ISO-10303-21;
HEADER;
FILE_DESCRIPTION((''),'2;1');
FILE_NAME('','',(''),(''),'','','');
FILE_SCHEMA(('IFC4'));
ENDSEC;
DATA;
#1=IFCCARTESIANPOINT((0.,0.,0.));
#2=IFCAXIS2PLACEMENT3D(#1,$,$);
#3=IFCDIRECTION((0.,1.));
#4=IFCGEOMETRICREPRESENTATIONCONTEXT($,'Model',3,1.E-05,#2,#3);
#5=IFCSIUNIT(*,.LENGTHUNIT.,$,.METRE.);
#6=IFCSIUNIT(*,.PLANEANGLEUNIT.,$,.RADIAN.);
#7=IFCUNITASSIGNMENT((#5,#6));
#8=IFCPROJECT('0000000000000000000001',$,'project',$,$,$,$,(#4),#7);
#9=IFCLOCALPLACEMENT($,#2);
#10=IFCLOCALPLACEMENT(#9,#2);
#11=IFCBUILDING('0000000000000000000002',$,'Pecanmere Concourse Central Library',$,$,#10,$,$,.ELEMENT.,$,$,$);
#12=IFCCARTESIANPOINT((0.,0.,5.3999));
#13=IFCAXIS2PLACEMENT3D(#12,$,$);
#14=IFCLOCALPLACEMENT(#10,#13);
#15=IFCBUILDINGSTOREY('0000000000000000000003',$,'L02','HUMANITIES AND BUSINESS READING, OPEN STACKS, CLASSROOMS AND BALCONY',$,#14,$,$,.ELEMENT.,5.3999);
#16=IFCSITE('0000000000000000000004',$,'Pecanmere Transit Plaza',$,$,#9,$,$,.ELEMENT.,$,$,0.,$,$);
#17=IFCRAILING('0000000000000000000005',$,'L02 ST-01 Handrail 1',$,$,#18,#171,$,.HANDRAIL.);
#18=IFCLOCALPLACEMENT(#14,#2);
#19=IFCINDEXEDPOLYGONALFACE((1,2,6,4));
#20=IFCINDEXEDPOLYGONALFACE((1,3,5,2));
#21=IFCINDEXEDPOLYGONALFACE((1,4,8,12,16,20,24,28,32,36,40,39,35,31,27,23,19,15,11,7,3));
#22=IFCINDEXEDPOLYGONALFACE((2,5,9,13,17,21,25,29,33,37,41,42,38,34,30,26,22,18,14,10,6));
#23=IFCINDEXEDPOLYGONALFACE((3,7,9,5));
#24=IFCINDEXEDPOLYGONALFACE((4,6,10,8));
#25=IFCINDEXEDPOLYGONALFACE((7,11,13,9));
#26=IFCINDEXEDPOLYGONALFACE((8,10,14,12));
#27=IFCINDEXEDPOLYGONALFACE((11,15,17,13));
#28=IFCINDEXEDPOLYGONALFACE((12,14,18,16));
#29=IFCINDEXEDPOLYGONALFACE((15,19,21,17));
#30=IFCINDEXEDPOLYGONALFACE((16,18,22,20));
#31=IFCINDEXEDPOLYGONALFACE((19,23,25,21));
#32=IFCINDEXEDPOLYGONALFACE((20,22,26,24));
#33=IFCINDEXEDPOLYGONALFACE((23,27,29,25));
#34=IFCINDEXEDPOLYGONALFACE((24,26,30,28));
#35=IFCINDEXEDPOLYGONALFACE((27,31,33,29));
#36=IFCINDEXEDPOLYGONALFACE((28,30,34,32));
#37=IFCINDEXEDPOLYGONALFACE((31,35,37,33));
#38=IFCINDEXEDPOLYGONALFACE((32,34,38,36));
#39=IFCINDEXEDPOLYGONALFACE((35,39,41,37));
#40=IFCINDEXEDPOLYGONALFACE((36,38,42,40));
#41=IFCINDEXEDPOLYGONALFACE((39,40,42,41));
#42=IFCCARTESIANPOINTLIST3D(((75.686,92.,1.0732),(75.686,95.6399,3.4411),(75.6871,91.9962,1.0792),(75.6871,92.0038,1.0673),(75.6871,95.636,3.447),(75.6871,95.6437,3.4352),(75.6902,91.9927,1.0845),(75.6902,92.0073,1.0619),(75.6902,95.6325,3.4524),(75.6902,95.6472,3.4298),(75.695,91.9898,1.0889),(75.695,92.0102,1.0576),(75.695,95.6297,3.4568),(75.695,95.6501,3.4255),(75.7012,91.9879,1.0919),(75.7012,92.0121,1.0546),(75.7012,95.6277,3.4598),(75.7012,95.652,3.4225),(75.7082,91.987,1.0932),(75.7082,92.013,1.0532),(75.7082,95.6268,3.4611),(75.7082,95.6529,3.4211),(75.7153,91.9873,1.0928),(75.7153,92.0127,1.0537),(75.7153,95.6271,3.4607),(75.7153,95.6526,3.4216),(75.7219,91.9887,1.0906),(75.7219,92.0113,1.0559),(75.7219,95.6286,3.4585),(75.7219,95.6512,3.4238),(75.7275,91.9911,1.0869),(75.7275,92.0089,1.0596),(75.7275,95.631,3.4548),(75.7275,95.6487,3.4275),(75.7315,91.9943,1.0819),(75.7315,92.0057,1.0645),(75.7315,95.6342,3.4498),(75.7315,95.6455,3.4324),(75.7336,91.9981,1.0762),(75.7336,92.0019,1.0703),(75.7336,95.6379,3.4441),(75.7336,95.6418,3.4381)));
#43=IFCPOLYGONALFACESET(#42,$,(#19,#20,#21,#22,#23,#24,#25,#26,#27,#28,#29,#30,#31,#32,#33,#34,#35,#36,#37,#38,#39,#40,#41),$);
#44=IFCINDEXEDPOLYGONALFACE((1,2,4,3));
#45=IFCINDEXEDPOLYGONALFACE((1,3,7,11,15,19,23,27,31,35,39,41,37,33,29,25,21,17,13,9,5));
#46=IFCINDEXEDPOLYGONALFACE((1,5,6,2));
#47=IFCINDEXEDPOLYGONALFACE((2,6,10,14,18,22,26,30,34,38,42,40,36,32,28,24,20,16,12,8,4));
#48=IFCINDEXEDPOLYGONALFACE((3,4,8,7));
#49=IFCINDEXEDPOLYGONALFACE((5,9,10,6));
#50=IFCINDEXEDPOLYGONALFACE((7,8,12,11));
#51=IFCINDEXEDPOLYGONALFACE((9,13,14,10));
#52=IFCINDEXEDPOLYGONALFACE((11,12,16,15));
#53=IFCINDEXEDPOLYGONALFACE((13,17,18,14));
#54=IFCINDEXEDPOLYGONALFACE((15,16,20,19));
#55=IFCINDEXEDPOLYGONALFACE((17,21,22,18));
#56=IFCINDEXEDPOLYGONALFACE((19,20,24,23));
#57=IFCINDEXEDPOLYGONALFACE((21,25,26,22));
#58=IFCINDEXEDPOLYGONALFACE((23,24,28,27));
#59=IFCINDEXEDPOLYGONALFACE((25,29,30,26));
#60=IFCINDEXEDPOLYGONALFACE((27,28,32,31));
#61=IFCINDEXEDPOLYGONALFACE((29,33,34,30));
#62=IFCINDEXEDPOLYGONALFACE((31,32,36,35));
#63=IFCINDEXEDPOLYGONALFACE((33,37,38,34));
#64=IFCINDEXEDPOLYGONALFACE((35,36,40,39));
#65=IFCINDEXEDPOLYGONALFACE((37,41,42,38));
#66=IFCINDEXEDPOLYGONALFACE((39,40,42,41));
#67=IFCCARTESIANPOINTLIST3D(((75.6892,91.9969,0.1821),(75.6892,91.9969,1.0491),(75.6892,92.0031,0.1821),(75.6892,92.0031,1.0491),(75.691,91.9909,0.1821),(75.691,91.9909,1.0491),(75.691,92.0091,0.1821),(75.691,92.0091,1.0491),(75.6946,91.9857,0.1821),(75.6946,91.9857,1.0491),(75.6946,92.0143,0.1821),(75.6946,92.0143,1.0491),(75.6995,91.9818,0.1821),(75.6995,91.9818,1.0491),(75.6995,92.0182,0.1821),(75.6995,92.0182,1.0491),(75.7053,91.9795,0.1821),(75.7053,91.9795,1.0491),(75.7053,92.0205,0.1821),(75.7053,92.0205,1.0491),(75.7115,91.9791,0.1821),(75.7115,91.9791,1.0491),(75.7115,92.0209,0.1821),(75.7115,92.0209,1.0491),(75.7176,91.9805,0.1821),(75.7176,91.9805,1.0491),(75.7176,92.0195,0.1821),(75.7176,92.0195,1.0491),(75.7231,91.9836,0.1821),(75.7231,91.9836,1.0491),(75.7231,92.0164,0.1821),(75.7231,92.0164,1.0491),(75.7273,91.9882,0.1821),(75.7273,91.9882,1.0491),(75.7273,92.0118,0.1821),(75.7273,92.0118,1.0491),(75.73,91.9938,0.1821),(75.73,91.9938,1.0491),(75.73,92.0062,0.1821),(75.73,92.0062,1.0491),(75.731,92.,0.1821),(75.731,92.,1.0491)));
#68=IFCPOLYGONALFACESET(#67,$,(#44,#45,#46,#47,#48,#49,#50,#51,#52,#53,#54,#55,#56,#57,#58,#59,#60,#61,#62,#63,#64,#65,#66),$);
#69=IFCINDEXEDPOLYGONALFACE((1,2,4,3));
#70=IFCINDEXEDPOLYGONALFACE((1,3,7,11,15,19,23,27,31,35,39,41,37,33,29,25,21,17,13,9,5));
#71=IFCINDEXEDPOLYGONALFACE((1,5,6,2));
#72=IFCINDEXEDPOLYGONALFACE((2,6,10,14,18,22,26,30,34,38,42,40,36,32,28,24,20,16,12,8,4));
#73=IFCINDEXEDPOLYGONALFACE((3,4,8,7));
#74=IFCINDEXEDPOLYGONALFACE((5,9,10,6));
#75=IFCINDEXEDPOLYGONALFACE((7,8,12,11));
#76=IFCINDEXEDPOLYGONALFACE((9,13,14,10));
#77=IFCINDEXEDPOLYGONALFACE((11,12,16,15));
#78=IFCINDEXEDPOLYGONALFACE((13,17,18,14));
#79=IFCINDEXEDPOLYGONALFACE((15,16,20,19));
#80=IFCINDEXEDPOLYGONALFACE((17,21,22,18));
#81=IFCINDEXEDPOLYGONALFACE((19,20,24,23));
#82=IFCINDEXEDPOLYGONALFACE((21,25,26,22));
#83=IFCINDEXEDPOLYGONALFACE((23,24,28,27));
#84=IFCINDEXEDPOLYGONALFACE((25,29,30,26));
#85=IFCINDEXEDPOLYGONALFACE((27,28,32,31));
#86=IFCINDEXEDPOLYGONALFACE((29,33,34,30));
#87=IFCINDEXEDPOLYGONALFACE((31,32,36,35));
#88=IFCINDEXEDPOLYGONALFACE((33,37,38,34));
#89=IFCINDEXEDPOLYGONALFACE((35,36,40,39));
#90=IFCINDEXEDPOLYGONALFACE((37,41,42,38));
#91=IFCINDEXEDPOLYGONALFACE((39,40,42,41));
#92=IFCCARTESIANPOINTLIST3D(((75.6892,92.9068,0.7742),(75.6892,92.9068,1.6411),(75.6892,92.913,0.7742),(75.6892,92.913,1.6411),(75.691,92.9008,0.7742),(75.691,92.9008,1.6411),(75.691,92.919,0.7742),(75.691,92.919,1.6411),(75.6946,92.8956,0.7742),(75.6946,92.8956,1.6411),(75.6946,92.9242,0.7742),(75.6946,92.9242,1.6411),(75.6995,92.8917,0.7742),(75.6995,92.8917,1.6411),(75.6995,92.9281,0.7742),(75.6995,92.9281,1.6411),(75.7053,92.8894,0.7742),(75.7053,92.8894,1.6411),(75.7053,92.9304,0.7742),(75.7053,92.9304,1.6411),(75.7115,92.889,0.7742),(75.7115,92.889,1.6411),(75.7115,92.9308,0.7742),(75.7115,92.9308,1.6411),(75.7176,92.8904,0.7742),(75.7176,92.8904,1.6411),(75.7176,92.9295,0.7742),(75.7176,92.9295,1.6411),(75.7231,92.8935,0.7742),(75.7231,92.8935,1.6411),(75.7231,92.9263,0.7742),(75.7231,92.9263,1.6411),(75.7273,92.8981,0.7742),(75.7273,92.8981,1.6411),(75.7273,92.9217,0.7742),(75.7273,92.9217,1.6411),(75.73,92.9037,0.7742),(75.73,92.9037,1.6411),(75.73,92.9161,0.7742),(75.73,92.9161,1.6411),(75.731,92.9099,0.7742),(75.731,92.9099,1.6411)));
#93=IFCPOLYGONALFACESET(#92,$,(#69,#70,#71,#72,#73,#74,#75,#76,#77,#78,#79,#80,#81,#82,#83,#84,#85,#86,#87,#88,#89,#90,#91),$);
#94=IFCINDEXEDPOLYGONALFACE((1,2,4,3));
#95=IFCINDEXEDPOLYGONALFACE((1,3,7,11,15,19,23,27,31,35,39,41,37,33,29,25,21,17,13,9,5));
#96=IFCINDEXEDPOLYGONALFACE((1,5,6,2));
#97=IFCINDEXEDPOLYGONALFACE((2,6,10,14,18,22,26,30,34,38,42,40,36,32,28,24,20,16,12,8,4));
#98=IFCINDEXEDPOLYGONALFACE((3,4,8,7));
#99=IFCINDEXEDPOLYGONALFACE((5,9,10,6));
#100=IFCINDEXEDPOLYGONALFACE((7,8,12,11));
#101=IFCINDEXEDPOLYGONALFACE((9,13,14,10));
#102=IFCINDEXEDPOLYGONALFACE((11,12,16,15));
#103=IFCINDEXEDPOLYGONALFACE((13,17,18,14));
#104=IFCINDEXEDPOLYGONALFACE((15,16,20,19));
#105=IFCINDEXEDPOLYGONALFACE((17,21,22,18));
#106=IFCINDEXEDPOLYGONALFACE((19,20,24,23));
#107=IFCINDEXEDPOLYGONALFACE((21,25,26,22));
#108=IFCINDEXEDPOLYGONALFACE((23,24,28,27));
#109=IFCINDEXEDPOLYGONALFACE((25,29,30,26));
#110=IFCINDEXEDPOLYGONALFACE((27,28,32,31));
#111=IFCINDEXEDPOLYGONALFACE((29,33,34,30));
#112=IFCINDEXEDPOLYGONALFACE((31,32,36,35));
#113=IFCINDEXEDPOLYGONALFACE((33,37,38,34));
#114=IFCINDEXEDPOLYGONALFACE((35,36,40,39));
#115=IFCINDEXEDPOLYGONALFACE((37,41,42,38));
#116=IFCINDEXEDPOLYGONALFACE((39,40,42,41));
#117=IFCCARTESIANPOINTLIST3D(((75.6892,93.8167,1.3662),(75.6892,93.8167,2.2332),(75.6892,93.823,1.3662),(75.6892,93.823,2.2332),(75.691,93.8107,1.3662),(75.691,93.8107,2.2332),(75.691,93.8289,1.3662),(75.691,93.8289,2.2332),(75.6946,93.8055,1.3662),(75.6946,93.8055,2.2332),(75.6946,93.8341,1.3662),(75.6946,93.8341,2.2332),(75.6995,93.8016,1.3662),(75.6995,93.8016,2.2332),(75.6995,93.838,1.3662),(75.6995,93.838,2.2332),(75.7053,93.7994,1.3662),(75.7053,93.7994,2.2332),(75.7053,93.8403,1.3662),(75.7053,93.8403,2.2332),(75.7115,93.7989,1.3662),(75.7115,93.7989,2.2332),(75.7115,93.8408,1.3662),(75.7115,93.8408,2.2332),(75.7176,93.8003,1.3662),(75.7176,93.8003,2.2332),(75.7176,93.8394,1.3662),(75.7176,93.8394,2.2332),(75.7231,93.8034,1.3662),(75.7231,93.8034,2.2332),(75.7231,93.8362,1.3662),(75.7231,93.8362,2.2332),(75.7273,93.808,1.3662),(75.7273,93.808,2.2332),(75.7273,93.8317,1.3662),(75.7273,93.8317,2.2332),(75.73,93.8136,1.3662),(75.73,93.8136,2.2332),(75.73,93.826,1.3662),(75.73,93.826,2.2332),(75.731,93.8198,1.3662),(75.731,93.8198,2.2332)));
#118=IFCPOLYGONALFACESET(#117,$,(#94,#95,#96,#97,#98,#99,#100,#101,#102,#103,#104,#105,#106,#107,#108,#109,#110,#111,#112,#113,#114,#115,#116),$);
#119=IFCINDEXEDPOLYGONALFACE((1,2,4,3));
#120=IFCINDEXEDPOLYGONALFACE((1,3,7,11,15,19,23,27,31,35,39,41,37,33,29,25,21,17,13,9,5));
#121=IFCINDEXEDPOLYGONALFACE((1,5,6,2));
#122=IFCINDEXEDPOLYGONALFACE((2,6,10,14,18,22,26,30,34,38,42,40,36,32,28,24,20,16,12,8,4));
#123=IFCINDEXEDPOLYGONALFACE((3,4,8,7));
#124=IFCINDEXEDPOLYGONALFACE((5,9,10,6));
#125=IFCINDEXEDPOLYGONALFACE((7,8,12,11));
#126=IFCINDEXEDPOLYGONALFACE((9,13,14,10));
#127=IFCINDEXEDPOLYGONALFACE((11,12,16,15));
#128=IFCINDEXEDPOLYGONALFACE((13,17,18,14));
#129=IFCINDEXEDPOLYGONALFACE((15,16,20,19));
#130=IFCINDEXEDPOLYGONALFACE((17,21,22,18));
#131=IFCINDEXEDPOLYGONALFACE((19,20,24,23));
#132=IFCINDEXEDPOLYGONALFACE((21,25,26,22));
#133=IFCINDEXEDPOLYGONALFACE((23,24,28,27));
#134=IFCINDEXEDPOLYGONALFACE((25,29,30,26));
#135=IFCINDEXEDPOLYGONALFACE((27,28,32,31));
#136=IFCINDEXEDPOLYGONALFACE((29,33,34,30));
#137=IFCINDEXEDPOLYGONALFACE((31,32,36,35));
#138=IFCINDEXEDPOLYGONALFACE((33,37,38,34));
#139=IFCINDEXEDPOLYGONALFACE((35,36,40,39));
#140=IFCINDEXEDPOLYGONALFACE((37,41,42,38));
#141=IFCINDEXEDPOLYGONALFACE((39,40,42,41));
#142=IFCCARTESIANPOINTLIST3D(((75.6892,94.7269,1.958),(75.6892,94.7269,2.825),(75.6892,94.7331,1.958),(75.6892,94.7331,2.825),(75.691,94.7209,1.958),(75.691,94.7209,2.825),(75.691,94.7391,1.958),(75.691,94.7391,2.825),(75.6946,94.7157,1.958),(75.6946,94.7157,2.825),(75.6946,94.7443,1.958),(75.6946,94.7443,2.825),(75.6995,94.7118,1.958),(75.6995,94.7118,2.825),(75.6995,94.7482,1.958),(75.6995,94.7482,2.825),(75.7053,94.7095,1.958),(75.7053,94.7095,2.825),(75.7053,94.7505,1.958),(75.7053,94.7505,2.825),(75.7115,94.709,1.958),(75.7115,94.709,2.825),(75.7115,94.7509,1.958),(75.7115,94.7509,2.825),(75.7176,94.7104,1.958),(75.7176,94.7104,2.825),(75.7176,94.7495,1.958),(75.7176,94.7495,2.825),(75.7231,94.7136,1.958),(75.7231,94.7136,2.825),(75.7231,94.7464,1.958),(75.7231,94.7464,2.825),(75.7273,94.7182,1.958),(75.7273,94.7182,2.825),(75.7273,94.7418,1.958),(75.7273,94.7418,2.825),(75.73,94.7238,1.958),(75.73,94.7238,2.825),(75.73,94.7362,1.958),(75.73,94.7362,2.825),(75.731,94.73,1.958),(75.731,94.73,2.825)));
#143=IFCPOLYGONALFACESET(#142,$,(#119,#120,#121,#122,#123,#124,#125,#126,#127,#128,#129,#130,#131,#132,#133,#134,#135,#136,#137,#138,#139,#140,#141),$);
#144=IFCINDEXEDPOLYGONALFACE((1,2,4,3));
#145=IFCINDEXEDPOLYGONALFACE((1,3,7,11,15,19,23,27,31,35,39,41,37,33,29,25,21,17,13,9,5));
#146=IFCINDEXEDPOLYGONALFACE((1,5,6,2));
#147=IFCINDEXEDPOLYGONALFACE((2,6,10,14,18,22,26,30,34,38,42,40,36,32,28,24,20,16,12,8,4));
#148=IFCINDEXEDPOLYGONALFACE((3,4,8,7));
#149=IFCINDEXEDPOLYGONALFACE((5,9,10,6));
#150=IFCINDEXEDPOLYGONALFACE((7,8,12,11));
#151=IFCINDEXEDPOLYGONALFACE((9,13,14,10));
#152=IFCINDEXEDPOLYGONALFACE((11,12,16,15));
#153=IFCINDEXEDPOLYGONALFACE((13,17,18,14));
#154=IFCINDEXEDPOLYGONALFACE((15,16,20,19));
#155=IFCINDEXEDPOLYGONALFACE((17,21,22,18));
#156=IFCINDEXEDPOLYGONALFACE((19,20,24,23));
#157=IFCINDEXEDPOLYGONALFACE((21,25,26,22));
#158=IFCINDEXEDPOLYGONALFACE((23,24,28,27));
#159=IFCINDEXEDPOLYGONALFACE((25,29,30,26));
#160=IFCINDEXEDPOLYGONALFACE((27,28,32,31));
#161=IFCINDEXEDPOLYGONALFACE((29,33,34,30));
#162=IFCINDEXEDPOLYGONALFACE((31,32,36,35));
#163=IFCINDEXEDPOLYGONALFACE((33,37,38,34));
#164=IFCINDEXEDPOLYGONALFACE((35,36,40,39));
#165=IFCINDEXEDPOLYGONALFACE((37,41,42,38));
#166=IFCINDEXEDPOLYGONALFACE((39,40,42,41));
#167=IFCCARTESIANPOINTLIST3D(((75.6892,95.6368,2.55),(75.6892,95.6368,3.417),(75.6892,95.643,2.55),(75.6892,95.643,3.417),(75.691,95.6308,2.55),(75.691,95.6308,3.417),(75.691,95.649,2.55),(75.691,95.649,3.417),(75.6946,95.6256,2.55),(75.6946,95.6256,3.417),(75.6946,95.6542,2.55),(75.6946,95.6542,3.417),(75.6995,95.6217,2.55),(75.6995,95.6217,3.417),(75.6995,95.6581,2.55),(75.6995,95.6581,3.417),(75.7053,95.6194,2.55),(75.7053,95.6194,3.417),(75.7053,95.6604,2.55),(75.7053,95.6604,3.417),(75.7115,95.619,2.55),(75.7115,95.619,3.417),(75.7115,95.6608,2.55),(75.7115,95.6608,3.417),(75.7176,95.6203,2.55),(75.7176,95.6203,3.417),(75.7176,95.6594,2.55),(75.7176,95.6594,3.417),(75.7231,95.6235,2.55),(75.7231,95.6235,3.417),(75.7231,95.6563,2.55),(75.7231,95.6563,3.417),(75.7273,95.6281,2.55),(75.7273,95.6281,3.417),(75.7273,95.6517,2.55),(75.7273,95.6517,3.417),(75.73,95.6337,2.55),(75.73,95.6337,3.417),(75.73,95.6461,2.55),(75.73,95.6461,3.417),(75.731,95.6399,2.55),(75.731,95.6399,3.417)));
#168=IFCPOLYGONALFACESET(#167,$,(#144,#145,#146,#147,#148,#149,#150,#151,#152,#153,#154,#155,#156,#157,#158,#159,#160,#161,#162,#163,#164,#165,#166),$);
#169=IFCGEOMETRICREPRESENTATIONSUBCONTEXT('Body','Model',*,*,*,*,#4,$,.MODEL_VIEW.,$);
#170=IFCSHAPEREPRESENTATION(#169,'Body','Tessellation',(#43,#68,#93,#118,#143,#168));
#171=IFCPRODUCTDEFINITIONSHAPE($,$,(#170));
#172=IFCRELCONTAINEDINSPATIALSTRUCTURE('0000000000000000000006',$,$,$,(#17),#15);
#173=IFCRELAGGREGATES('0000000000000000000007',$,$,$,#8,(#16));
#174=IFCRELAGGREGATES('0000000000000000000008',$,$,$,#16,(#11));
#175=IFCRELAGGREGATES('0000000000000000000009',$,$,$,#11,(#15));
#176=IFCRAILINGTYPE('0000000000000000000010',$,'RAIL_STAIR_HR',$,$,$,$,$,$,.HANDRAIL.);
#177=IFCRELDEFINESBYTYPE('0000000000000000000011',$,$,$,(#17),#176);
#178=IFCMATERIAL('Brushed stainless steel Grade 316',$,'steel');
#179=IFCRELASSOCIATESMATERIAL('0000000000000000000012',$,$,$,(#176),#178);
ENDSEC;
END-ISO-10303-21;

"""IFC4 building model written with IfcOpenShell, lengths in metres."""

from ifc_helpers import new_model, si_unit, direction, frame, origin, origin_2d, place, context, subcontext, project, spatial, circle, extrude, material, type_object, element, save


model = new_model("IFC4")

# Units and contexts
model_context = context("Model", 3, precision=1e-05, world=origin(), true_north=direction((0.0, 1.0)))
body_context = subcontext(model_context, "Body", "Model", "MODEL_VIEW")
ifc_project = project(units=[si_unit("LENGTHUNIT", "METRE"), si_unit("PLANEANGLEUNIT", "RADIAN")], contexts=[model_context])

# Site, building, storey
site_placement = place(None, origin())
site = spatial("IfcSite", under=ifc_project, at=site_placement, Name="Pecanmere Transit Plaza", CompositionType="ELEMENT", RefElevation=0.0)
building_placement = place(site_placement, origin())
building = spatial("IfcBuilding", under=site, at=building_placement, Name="Pecanmere Concourse Central Library", CompositionType="ELEMENT")
storey_placement = place(building_placement, frame((0.0, 0.0, 5.3999)))
storey = spatial("IfcBuildingStorey", under=building, at=storey_placement, Name="L02", Description="HUMANITIES AND BUSINESS READING, OPEN STACKS, CLASSROOMS AND BALCONY", CompositionType="ELEMENT", Elevation=5.3999)

# Railing
ifc_material_1 = material(Name="Brushed stainless steel Grade 316", Category="steel")
railing_type_1 = type_object("IfcRailingType", Name="RAIL_STAIR_HR", PredefinedType="HANDRAIL", material=ifc_material_1)
railing_1_placement = place(storey_placement, frame((75.71, 92.0, 0.1821)))
element("IfcRailing", 1, at=railing_1_placement, inside=storey, type_object=railing_type_1, Name="L02 ST-01 Handrail 1", PredefinedType="HANDRAIL", context=body_context, shape_type="SweptSolid", body=[
    extrude(circle(Radius=0.0239, at=origin_2d()), frame((0.0, 0.0, 0.8911), z_axis=(0.0, 0.838234, 0.54531), x_axis=(-1.0, 0.0, 0.0)), (0.0, 0.0, 1.0), 4.3423),
    extrude(circle(Radius=0.021, at=origin_2d()), origin(), (0.0, 0.0, 1.0), 0.8669),
    extrude(circle(Radius=0.021, at=origin_2d()), frame((0.0, 0.9099, 0.592)), (0.0, 0.0, 1.0), 0.8669),
    extrude(circle(Radius=0.021, at=origin_2d()), frame((0.0, 1.8198, 1.1841)), (0.0, 0.0, 1.0), 0.8669),
    extrude(circle(Radius=0.021, at=origin_2d()), frame((0.0, 2.73, 1.7759)), (0.0, 0.0, 1.0), 0.8669),
    extrude(circle(Radius=0.021, at=origin_2d()), frame((0.0, 3.6399, 2.3679)), (0.0, 0.0, 1.0), 0.8669),
])

save(model, "model.ifc")
